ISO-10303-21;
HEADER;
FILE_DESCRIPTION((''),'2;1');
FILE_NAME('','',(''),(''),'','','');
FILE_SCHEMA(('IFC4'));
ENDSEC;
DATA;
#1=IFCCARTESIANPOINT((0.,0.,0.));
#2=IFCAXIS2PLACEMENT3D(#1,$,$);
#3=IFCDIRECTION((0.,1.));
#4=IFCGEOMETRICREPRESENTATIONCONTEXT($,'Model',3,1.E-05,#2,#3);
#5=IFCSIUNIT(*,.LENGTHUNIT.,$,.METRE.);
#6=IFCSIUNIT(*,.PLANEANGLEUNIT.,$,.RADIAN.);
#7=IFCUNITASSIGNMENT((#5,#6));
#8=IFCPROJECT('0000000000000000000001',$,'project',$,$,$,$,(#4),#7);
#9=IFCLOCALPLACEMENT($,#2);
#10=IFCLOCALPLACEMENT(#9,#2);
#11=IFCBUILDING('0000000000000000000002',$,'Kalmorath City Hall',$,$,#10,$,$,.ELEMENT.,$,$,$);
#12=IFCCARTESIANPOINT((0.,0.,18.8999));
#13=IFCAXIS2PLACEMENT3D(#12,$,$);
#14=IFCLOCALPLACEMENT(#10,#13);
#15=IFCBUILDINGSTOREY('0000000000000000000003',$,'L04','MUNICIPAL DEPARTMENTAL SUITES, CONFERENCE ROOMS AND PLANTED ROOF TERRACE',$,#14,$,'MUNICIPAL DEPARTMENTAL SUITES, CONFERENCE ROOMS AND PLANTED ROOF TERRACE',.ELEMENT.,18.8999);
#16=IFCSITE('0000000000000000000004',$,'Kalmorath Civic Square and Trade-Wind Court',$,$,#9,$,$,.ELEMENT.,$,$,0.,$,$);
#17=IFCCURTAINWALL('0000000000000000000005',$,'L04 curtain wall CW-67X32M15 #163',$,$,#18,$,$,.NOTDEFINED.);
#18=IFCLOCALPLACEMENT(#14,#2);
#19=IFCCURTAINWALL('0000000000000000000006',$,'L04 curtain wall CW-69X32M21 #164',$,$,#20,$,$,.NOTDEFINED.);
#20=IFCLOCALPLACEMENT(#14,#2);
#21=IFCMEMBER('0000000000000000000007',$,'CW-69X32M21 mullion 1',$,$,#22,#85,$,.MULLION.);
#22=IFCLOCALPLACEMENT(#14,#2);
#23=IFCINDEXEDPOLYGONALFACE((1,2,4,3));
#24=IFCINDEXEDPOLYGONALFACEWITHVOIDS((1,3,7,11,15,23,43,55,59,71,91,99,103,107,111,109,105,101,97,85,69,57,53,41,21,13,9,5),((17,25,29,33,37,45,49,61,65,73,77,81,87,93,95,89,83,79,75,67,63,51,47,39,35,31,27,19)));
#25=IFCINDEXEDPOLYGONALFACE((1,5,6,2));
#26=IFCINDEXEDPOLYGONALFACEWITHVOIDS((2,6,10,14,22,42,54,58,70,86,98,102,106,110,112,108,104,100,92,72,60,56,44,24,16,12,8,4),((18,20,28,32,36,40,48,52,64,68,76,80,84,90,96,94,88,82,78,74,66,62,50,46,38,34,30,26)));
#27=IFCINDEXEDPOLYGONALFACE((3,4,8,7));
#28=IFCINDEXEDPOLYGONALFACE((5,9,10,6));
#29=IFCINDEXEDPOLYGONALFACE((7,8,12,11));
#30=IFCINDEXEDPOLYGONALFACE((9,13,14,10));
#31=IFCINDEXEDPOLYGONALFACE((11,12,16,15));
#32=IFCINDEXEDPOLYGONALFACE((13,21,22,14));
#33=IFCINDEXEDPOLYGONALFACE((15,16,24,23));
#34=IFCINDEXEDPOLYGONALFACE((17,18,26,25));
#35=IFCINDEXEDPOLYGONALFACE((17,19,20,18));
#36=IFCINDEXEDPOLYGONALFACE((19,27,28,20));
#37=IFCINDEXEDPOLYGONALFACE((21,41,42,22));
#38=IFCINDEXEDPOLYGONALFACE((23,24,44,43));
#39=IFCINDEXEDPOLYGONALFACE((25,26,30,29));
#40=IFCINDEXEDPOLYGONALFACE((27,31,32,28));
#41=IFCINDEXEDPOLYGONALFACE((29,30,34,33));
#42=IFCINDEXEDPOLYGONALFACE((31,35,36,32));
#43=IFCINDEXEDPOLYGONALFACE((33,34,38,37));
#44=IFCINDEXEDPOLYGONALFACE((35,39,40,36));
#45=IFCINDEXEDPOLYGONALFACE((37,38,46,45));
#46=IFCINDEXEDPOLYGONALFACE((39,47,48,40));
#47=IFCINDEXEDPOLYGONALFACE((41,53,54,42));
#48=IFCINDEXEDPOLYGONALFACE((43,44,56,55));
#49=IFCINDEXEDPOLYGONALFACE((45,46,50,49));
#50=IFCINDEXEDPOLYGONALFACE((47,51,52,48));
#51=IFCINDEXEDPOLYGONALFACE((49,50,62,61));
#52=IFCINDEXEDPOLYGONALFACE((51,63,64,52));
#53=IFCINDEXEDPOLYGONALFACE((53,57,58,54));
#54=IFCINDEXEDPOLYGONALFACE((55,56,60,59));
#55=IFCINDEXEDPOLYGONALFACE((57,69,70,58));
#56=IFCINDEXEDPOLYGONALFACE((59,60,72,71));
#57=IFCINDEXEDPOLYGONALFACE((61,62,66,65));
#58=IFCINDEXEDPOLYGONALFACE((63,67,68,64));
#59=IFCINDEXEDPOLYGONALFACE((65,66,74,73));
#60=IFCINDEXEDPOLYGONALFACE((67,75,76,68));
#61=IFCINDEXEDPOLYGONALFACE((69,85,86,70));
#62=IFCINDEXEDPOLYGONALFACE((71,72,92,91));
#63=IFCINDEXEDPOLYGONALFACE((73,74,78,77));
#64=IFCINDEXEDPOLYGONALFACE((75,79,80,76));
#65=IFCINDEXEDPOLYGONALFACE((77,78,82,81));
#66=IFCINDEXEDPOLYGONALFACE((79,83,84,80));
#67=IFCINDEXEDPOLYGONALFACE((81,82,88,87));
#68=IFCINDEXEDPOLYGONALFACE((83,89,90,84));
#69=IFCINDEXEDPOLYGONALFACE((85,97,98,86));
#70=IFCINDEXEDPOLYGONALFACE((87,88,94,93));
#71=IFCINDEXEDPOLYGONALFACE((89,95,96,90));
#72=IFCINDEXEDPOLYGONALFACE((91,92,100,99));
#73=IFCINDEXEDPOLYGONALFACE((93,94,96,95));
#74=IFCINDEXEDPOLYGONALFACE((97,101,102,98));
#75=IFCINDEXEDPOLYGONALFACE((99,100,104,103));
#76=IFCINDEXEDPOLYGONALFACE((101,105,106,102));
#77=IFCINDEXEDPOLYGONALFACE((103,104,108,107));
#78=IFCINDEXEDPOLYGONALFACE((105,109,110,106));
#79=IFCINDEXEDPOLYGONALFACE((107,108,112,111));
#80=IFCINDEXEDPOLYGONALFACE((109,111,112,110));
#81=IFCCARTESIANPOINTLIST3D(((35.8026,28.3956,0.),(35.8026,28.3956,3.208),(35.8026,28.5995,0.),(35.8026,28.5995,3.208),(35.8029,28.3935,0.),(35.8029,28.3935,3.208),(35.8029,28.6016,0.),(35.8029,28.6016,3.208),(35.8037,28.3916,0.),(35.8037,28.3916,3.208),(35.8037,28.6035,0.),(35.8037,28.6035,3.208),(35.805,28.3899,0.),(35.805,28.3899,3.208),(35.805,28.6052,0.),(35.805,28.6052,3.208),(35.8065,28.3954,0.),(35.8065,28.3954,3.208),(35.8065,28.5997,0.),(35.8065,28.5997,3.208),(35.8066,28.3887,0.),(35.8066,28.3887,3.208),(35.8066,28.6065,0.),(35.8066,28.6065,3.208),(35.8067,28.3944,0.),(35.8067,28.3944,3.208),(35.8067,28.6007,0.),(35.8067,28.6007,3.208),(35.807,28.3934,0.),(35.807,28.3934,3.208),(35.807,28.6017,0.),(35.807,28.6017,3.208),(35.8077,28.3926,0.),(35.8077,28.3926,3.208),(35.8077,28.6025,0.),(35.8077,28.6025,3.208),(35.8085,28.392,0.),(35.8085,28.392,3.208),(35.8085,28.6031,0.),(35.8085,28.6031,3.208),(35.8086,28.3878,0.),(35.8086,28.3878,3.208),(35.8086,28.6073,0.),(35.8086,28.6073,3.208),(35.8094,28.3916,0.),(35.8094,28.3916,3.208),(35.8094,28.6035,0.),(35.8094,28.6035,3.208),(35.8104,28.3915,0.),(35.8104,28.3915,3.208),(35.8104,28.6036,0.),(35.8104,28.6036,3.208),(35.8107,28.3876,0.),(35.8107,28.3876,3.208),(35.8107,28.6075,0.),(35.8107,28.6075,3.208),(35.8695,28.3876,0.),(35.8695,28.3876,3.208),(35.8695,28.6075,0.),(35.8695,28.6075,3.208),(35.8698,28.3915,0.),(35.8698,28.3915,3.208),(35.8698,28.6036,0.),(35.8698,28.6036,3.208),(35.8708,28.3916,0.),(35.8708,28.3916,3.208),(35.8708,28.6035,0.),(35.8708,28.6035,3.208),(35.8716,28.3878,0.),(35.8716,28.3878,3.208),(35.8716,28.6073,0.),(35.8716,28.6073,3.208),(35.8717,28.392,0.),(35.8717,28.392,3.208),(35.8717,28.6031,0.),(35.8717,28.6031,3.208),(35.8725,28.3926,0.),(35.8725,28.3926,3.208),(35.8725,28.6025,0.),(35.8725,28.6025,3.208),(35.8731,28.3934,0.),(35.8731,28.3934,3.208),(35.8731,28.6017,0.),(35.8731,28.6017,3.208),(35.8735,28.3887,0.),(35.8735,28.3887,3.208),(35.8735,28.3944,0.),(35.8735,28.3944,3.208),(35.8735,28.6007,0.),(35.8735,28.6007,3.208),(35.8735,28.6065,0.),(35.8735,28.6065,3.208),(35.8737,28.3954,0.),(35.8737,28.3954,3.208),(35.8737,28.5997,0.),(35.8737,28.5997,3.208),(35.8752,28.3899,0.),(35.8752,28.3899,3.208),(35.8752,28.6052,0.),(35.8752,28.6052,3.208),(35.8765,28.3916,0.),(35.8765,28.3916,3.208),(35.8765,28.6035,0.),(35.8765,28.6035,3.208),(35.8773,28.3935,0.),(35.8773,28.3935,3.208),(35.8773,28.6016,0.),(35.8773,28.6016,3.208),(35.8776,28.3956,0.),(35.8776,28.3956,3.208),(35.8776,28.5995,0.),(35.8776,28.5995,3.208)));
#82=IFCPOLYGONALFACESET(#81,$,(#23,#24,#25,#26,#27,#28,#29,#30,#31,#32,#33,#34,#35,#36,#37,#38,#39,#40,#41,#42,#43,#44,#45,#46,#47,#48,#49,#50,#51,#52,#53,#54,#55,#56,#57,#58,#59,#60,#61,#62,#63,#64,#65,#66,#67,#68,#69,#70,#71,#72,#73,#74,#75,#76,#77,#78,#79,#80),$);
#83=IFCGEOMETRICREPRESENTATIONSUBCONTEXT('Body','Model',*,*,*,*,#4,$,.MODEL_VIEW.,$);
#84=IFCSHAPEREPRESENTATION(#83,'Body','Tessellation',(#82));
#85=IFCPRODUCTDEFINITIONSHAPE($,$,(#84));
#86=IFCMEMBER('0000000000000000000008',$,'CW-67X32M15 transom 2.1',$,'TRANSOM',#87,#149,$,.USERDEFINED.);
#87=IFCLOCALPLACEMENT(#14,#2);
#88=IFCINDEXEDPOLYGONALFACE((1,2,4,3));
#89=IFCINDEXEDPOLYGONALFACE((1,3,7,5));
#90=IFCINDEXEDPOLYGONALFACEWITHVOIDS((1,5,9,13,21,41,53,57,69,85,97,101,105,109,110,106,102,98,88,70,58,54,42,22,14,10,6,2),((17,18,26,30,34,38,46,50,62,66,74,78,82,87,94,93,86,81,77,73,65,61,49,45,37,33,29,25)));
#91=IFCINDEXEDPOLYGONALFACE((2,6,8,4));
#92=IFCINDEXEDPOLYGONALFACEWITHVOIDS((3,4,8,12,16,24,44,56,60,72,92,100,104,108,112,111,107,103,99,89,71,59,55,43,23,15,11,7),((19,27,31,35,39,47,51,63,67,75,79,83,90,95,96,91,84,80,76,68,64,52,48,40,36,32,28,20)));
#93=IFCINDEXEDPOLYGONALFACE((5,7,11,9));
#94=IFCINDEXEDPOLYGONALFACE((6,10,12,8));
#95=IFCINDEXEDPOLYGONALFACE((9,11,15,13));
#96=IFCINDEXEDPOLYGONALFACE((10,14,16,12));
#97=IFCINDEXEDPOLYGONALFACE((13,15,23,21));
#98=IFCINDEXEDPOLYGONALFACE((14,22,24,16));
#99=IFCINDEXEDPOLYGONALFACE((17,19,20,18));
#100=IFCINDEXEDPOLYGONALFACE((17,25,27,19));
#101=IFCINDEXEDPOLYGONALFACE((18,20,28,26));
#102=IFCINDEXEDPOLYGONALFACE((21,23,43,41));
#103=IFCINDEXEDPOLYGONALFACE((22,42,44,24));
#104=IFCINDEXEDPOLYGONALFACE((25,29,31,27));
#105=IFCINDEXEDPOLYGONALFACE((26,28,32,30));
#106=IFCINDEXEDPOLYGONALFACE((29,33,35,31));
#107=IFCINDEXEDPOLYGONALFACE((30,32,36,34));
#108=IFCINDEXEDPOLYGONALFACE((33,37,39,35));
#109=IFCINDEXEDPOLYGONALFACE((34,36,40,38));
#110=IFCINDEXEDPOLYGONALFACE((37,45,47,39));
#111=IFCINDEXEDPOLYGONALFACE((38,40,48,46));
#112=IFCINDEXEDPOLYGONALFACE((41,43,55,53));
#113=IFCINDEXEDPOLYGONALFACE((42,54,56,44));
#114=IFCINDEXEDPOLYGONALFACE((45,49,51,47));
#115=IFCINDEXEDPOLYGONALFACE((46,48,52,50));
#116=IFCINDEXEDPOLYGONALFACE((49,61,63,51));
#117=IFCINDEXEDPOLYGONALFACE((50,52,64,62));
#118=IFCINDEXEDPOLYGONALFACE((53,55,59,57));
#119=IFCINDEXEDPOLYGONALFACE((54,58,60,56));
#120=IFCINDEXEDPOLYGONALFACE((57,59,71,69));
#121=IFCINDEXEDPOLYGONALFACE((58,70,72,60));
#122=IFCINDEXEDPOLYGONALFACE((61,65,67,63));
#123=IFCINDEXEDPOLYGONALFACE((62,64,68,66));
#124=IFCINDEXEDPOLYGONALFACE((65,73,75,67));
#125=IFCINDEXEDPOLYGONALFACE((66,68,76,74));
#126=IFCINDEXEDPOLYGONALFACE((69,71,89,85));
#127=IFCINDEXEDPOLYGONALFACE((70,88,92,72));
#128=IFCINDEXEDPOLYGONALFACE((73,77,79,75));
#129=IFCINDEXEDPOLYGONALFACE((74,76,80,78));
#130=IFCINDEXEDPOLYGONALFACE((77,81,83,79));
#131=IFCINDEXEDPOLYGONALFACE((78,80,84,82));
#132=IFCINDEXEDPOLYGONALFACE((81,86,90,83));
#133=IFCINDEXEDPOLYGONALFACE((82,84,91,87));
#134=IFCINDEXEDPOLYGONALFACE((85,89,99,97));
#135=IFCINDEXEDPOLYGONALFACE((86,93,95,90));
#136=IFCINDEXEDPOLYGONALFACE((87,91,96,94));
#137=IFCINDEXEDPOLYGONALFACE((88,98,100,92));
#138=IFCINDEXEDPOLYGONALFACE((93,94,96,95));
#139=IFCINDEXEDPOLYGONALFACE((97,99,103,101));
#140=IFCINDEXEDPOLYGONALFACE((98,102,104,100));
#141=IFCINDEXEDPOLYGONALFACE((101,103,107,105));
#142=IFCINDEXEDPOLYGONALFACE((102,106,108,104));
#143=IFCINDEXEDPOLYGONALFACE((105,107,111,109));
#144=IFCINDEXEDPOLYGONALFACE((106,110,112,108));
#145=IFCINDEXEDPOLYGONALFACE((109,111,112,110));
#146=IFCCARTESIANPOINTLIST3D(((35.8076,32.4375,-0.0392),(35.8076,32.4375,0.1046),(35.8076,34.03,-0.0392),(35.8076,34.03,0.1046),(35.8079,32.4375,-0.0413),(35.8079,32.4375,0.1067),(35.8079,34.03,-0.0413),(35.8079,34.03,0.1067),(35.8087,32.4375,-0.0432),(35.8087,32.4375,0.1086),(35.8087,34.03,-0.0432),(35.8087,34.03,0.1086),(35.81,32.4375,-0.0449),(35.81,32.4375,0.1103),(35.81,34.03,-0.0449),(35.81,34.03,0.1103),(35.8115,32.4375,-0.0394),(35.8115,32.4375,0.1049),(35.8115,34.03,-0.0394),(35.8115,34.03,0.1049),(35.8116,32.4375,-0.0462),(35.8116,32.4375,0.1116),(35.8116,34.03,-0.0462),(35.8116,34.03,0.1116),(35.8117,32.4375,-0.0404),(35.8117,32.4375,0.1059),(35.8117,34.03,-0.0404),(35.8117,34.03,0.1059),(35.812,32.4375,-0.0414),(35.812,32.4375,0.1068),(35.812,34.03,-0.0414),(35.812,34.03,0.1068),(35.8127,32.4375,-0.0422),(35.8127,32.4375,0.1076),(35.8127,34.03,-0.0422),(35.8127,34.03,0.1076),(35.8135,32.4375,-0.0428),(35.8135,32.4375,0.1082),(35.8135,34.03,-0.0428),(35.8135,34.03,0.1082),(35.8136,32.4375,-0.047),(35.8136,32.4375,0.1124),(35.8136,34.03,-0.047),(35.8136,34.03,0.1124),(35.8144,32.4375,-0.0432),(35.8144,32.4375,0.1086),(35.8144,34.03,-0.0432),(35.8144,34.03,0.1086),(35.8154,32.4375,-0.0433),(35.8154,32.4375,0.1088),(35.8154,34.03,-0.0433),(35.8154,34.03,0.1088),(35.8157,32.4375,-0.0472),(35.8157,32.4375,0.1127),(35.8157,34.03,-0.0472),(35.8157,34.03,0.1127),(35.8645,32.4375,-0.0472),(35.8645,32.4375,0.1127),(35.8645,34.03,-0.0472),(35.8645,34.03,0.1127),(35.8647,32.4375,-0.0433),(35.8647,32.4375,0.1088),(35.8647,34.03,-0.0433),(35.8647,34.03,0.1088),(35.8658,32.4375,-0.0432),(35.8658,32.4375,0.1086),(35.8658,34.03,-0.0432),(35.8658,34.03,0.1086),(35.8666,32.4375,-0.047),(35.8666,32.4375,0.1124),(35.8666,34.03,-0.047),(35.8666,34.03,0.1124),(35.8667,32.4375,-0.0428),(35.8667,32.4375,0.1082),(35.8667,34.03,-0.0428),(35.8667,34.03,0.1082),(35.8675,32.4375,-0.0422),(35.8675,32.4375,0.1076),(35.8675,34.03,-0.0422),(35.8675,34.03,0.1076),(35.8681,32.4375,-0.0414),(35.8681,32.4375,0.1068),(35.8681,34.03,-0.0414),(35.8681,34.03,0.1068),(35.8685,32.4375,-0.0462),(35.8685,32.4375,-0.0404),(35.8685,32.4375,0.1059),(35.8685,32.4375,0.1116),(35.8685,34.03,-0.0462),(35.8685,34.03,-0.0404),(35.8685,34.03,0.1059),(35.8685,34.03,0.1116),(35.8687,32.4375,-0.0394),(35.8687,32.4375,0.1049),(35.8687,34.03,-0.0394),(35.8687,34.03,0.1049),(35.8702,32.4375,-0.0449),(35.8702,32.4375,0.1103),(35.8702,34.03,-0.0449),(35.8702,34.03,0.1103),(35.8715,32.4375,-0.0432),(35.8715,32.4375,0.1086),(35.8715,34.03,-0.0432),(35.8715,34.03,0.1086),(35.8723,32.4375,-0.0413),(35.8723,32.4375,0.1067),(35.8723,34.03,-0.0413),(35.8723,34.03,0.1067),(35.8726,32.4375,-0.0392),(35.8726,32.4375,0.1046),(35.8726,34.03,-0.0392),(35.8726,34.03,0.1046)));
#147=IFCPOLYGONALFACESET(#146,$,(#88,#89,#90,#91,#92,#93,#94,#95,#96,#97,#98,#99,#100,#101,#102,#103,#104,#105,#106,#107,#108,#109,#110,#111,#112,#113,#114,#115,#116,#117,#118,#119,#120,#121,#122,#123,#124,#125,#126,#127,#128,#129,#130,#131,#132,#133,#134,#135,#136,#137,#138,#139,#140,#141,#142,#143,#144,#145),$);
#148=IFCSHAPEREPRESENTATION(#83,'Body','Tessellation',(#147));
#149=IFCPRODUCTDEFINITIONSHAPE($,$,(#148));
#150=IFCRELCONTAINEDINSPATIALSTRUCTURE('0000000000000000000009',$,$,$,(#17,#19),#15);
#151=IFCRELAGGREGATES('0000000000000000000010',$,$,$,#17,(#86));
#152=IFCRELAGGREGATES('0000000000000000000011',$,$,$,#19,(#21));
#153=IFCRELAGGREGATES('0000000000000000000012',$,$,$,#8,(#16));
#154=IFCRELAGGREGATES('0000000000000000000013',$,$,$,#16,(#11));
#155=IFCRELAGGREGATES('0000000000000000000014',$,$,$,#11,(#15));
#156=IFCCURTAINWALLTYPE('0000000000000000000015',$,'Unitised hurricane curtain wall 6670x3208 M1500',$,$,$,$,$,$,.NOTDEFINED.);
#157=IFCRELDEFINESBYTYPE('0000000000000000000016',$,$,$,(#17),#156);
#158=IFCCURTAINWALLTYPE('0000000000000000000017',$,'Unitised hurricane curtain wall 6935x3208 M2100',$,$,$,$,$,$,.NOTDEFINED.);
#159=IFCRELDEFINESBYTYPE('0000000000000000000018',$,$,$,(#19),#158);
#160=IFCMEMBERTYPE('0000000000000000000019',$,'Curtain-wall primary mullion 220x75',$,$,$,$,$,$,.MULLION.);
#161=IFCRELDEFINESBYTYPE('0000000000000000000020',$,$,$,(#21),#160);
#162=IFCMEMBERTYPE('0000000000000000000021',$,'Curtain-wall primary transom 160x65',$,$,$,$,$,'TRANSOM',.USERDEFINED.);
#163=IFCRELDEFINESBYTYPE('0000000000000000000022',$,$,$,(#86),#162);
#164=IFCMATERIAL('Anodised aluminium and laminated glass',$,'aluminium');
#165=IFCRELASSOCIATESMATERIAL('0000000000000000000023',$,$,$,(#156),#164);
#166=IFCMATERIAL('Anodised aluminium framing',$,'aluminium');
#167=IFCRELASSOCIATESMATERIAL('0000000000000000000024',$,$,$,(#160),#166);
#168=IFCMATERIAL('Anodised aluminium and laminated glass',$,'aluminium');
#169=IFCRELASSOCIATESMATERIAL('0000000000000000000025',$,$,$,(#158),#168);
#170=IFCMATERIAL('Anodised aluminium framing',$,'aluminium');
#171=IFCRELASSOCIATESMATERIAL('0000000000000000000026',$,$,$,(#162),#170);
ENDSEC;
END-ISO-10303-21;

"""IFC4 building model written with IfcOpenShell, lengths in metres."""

from ifc_helpers import new_model, si_unit, direction, frame, origin, origin_2d, place, context, subcontext, project, spatial, hollow_rectangle, extrude, material, material_profile, profile_set, type_object, element, aggregate, save


model = new_model("IFC4")

# Units and contexts
model_context = context("Model", 3, precision=1e-05, world=origin(), true_north=direction((0.0, 1.0)))
body_context = subcontext(model_context, "Body", "Model", "MODEL_VIEW")
ifc_project = project(units=[si_unit("LENGTHUNIT", "METRE"), si_unit("PLANEANGLEUNIT", "RADIAN")], contexts=[model_context])

# Site, building, storey
site_placement = place(None, origin())
site = spatial("IfcSite", under=ifc_project, at=site_placement, Name="Kalmorath Civic Square and Trade-Wind Court", CompositionType="ELEMENT", RefElevation=0.0)
building_placement = place(site_placement, origin())
building = spatial("IfcBuilding", under=site, at=building_placement, Name="Kalmorath City Hall", CompositionType="ELEMENT")
storey_placement = place(building_placement, frame((0.0, 0.0, 18.8999)))
storey = spatial("IfcBuildingStorey", under=building, at=storey_placement, Name="L04", Description="MUNICIPAL DEPARTMENTAL SUITES, CONFERENCE ROOMS AND PLANTED ROOF TERRACE", LongName="MUNICIPAL DEPARTMENTAL SUITES, CONFERENCE ROOMS AND PLANTED ROOF TERRACE", CompositionType="ELEMENT", Elevation=18.8999)

# Curtain wall
ifc_material_1 = material(Name="Anodised aluminium and laminated glass", Category="aluminium")
curtain_wall_type_1 = type_object("IfcCurtainWallType", Name="Unitised hurricane curtain wall 6670x3208 M1500", PredefinedType="NOTDEFINED", material=ifc_material_1)
curtain_wall_1_placement = place(storey_placement, origin())
curtain_wall_1 = element("IfcCurtainWall", 1, at=curtain_wall_1_placement, inside=storey, type_object=curtain_wall_type_1, Name="L04 curtain wall CW-67X32M15 #163", PredefinedType="NOTDEFINED")
ifc_material_2 = material(Name="Anodised aluminium framing", Category="aluminium")
ifc_material_profile_1 = material_profile(ifc_material_2, hollow_rectangle(XDim=0.075, YDim=0.22, WallThickness=0.0039, InnerFilletRadius=0.0039, OuterFilletRadius=0.0081, at=origin_2d()), Name="ALU-MUL-220X75X4")
ifc_profile_set_1 = profile_set([ifc_material_profile_1], Name="Anodised aluminium framing")
member_type_1 = type_object("IfcMemberType", Name="Curtain-wall primary mullion 220x75", PredefinedType="MULLION", material=ifc_profile_set_1)

# Curtain wall, member
ifc_material_3 = material(Name="Anodised aluminium and laminated glass", Category="aluminium")
curtain_wall_type_2 = type_object("IfcCurtainWallType", Name="Unitised hurricane curtain wall 6935x3208 M2100", PredefinedType="NOTDEFINED", material=ifc_material_3)
curtain_wall_2_placement = place(storey_placement, origin())
curtain_wall_2 = element("IfcCurtainWall", 2, at=curtain_wall_2_placement, inside=storey, type_object=curtain_wall_type_2, Name="L04 curtain wall CW-69X32M21 #164", PredefinedType="NOTDEFINED")
member_1_placement = place(storey_placement, frame((35.8401, 28.4976, 0.0), z_axis=(0.0, 0.0, 1.0), x_axis=(1.0, 0.0, 0.0)))
member_1 = element("IfcMember", 3, at=member_1_placement, type_object=member_type_1, Name="CW-69X32M21 mullion 1", PredefinedType="MULLION", context=body_context, shape_type="SweptSolid", body=[
    extrude(hollow_rectangle(XDim=0.075, YDim=0.22, WallThickness=0.0039, InnerFilletRadius=0.0039, OuterFilletRadius=0.0081, at=origin_2d()), origin(), (0.0, 0.0, 1.0), 3.208),
])

# Member
ifc_material_4 = material(Name="Anodised aluminium framing", Category="aluminium")
ifc_material_profile_2 = material_profile(ifc_material_4, hollow_rectangle(XDim=0.0649, YDim=0.1599, WallThickness=0.0039, InnerFilletRadius=0.0039, OuterFilletRadius=0.0081, at=origin_2d()), Name="ALU-TRN-160X65X4")
ifc_profile_set_2 = profile_set([ifc_material_profile_2], Name="Anodised aluminium framing")
member_type_2 = type_object("IfcMemberType", Name="Curtain-wall primary transom 160x65", ElementType="TRANSOM", PredefinedType="USERDEFINED", material=ifc_profile_set_2)
member_2_placement = place(storey_placement, frame((35.8401, 34.03, 0.0327), z_axis=(0.0, -1.0, 0.0), x_axis=(1.0, 0.0, 0.0)))
member_2 = element("IfcMember", 4, at=member_2_placement, type_object=member_type_2, Name="CW-67X32M15 transom 2.1", ObjectType="TRANSOM", PredefinedType="USERDEFINED", context=body_context, shape_type="SweptSolid", body=[
    extrude(hollow_rectangle(XDim=0.0649, YDim=0.1599, WallThickness=0.0039, InnerFilletRadius=0.0039, OuterFilletRadius=0.0081, at=origin_2d()), origin(), (0.0, 0.0, 1.0), 1.5925),
])

aggregate(curtain_wall_1, [member_2])
aggregate(curtain_wall_2, [member_1])

save(model, "model.ifc")
